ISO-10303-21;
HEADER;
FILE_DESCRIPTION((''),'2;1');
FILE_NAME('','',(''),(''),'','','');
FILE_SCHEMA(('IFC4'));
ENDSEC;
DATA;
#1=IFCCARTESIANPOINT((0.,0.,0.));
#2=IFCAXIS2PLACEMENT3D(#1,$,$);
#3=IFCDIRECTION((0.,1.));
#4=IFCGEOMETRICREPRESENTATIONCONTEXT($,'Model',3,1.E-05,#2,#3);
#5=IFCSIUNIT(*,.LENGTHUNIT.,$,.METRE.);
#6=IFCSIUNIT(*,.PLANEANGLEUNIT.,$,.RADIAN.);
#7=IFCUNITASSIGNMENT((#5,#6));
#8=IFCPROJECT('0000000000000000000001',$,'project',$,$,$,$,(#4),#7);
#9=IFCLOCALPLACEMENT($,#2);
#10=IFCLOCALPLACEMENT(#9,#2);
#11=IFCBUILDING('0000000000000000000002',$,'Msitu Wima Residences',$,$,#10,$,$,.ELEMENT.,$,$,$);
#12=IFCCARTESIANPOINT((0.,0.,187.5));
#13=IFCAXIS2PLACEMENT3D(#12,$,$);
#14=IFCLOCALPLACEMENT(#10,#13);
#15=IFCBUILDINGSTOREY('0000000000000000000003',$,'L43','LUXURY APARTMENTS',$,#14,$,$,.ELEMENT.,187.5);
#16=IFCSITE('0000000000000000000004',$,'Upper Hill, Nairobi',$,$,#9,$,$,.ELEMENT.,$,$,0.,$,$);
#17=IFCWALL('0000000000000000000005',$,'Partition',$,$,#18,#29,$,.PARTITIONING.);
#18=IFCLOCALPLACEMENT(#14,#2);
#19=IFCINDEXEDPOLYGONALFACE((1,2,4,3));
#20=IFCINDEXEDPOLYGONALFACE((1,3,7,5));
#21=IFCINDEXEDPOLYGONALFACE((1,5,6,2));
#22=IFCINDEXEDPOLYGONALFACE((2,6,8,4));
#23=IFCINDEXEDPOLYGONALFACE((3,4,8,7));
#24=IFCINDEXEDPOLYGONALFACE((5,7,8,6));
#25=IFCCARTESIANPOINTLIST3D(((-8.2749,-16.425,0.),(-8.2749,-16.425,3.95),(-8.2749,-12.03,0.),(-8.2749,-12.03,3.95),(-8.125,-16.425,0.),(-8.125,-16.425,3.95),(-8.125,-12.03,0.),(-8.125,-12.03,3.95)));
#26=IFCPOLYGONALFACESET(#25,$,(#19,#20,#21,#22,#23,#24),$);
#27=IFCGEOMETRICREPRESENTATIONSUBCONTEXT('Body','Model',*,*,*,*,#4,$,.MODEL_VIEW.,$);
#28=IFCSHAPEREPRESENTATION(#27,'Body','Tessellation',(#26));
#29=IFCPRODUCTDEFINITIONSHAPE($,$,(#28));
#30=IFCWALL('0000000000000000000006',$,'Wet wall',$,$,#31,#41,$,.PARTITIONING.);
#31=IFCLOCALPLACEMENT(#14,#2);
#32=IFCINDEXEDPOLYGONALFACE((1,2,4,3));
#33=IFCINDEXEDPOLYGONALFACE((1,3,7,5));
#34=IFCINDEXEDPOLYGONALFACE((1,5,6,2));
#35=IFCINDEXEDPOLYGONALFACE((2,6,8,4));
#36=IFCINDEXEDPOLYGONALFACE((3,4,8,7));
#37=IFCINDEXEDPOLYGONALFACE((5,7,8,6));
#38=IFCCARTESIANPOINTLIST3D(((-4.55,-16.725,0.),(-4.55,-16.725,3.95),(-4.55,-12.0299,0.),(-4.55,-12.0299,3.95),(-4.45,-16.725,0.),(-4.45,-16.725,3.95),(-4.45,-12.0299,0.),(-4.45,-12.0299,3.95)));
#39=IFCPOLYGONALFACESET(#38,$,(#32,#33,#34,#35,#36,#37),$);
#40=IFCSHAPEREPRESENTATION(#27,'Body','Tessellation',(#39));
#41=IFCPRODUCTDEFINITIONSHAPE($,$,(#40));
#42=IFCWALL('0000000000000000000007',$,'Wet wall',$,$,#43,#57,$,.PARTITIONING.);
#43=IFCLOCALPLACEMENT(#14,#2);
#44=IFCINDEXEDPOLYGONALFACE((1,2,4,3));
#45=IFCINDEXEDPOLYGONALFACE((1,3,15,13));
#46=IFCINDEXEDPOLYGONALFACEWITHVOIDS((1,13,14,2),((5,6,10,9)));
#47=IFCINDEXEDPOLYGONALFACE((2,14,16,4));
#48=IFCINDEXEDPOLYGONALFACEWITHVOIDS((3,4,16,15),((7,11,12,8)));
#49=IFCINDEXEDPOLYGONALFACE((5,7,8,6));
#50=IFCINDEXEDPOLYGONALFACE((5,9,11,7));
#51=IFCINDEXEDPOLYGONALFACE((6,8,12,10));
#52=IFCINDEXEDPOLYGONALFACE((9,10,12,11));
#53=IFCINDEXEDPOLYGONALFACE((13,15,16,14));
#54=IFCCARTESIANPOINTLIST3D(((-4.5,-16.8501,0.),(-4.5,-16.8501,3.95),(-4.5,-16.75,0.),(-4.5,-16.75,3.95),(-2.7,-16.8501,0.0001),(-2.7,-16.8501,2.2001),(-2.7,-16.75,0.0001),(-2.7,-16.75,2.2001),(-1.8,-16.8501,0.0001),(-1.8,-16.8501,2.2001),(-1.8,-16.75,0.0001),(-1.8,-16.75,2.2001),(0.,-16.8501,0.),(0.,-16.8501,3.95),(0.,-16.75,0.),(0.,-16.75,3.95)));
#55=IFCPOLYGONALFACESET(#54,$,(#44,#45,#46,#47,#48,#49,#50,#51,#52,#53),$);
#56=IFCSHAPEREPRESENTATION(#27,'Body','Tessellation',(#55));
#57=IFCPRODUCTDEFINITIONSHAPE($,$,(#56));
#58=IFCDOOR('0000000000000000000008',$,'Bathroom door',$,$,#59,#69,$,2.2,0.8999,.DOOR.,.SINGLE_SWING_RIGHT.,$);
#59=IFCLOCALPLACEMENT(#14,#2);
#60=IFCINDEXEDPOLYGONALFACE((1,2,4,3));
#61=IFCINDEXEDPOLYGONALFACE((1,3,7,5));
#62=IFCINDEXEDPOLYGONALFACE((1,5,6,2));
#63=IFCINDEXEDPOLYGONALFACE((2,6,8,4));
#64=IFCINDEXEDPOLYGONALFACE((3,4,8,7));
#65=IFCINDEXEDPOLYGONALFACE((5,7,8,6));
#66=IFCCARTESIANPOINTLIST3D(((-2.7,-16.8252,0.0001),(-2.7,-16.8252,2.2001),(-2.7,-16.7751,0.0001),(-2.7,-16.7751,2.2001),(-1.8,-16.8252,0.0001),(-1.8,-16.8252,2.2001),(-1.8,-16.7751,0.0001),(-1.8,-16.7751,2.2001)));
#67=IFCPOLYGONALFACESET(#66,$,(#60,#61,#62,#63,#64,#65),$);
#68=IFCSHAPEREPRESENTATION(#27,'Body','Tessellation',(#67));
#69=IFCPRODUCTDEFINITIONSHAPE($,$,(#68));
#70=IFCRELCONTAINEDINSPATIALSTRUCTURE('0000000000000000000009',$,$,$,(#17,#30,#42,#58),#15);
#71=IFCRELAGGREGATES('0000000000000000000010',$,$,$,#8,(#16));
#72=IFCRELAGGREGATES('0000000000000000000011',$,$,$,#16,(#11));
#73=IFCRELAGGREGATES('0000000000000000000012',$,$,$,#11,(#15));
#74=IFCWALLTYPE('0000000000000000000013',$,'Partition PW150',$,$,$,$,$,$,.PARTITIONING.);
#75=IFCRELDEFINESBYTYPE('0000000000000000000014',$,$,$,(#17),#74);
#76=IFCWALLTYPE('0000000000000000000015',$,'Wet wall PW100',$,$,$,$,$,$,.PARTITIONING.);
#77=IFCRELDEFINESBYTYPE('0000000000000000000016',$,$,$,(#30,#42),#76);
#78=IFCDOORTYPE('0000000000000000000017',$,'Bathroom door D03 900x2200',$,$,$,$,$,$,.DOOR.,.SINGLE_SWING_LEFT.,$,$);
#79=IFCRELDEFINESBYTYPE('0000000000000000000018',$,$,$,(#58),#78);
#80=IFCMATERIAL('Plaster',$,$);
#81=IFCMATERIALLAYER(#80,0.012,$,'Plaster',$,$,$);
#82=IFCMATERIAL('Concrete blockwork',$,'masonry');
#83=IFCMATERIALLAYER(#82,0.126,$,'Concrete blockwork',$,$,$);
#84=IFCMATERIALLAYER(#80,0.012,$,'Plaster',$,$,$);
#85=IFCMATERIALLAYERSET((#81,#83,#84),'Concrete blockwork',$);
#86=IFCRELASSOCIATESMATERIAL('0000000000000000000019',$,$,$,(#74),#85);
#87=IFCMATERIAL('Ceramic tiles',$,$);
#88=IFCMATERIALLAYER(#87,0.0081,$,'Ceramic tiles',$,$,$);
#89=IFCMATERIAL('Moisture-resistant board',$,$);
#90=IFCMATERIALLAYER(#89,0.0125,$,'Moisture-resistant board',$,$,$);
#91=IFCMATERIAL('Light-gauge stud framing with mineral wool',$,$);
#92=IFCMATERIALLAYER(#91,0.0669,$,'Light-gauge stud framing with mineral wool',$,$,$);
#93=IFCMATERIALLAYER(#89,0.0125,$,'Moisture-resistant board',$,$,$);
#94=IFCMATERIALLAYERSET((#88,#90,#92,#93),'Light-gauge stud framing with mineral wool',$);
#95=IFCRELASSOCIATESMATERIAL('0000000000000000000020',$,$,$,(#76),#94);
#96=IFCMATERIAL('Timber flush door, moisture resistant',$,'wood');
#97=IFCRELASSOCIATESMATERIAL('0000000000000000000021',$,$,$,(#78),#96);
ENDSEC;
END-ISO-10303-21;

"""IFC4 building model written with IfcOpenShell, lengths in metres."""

from ifc_helpers import new_model, si_unit, direction, frame, frame_2d, origin, place, context, subcontext, project, spatial, rectangle, extrude, material, layer, layer_set, type_object, element, fill, save


model = new_model("IFC4")

# Units and contexts
model_context = context("Model", 3, precision=1e-05, world=origin(), true_north=direction((0.0, 1.0)))
body_context = subcontext(model_context, "Body", "Model", "MODEL_VIEW")
ifc_project = project(units=[si_unit("LENGTHUNIT", "METRE"), si_unit("PLANEANGLEUNIT", "RADIAN")], contexts=[model_context])

# Site, building, storey
site_placement = place(None, origin())
site = spatial("IfcSite", under=ifc_project, at=site_placement, Name="Upper Hill, Nairobi", CompositionType="ELEMENT", RefElevation=0.0)
building_placement = place(site_placement, origin())
building = spatial("IfcBuilding", under=site, at=building_placement, Name="Msitu Wima Residences", CompositionType="ELEMENT")
storey_placement = place(building_placement, frame((0.0, 0.0, 187.5)))
storey = spatial("IfcBuildingStorey", under=building, at=storey_placement, Name="L43", Description="LUXURY APARTMENTS", CompositionType="ELEMENT", Elevation=187.5)

# Shared definitions
ifc_material_1 = material(Name="Plaster")
ifc_layer_1 = layer(ifc_material_1, 0.012, Name="Plaster")
ifc_material_2 = material(Name="Concrete blockwork", Category="masonry")
ifc_layer_2 = layer(ifc_material_2, 0.126, Name="Concrete blockwork")
ifc_layer_3 = layer(ifc_material_1, 0.012, Name="Plaster")
ifc_layer_set_1 = layer_set([ifc_layer_1, ifc_layer_2, ifc_layer_3], Name="Concrete blockwork")
wall_type_1 = type_object("IfcWallType", Name="Partition PW150", PredefinedType="PARTITIONING", material=ifc_layer_set_1)

# Walls
wall_1_placement = place(storey_placement, frame((-8.2, -16.425, 0.0), z_axis=(0.0, 0.0, 1.0), x_axis=(0.0, 1.0, 0.0)))
element("IfcWall", 1, at=wall_1_placement, inside=storey, type_object=wall_type_1, Name="Partition", PredefinedType="PARTITIONING", context=body_context, shape_type="SweptSolid", body=[
    extrude(rectangle(XDim=4.395, YDim=0.1499, at=frame_2d((2.1975, 0.0))), origin(), (0.0, 0.0, 1.0), 3.95),
])
ifc_material_3 = material(Name="Ceramic tiles")
ifc_layer_4 = layer(ifc_material_3, 0.0081, Name="Ceramic tiles")
ifc_material_4 = material(Name="Moisture-resistant board")
ifc_layer_5 = layer(ifc_material_4, 0.0125, Name="Moisture-resistant board")
ifc_material_5 = material(Name="Light-gauge stud framing with mineral wool")
ifc_layer_6 = layer(ifc_material_5, 0.0669, Name="Light-gauge stud framing with mineral wool")
ifc_layer_7 = layer(ifc_material_4, 0.0125, Name="Moisture-resistant board")
ifc_layer_set_2 = layer_set([ifc_layer_4, ifc_layer_5, ifc_layer_6, ifc_layer_7], Name="Light-gauge stud framing with mineral wool")
wall_type_2 = type_object("IfcWallType", Name="Wet wall PW100", PredefinedType="PARTITIONING", material=ifc_layer_set_2)
wall_2_placement = place(storey_placement, frame((-4.5, -16.7251, 0.0), z_axis=(0.0, 0.0, 1.0), x_axis=(0.0, 1.0, 0.0)))
element("IfcWall", 2, at=wall_2_placement, inside=storey, type_object=wall_type_2, Name="Wet wall", PredefinedType="PARTITIONING", context=body_context, shape_type="SweptSolid", body=[
    extrude(rectangle(XDim=4.6951, YDim=0.1001, at=frame_2d((2.3477, 0.0))), origin(), (0.0, 0.0, 1.0), 3.95),
])

# Wall, opening, door
wall_3_placement = place(storey_placement, frame((-4.5, -16.8, 0.0), z_axis=(0.0, 0.0, 1.0), x_axis=(1.0, 0.0, 0.0)))
wall_3 = element("IfcWall", 3, at=wall_3_placement, inside=storey, type_object=wall_type_2, Name="Wet wall", PredefinedType="PARTITIONING", context=body_context, shape_type="SweptSolid", body=[
    extrude(rectangle(XDim=4.5, YDim=0.1001, at=frame_2d((2.25, 0.0))), origin(), (0.0, 0.0, 1.0), 3.95),
])
opening_1_placement = place(wall_3_placement, frame((1.8, 0.0, 0.0)))
opening_1 = element("IfcOpeningElement", 4, at=opening_1_placement, cuts=wall_3, PredefinedType="OPENING", context=body_context, shape_type="SweptSolid", body=[
    extrude(rectangle(XDim=0.8999, YDim=2.2, at=frame_2d((0.45, 1.1001))), frame((0.0, 0.0601, 0.0), z_axis=(0.0, -1.0, 0.0), x_axis=(1.0, 0.0, 0.0)), (0.0, 0.0, 1.0), 0.1201),
])
ifc_material_6 = material(Name="Timber flush door, moisture resistant", Category="wood")
door_type_1 = type_object("IfcDoorType", Name="Bathroom door D03 900x2200", OperationType="SINGLE_SWING_LEFT", PredefinedType="DOOR", material=ifc_material_6)
door_1_placement = place(opening_1_placement, origin())
door_1 = element("IfcDoor", 5, at=door_1_placement, inside=storey, type_object=door_type_1, Name="Bathroom door", OperationType="SINGLE_SWING_RIGHT", OverallHeight=2.2, OverallWidth=0.8999, PredefinedType="DOOR", context=body_context, shape_type="SweptSolid", body=[
    extrude(rectangle(XDim=0.8999, YDim=2.2, at=frame_2d((0.45, 1.1001))), frame((0.0, 0.0249, 0.0), z_axis=(0.0, -1.0, 0.0), x_axis=(1.0, 0.0, 0.0)), (0.0, 0.0, 1.0), 0.05),
])
fill(opening_1, door_1)

save(model, "model.ifc")
